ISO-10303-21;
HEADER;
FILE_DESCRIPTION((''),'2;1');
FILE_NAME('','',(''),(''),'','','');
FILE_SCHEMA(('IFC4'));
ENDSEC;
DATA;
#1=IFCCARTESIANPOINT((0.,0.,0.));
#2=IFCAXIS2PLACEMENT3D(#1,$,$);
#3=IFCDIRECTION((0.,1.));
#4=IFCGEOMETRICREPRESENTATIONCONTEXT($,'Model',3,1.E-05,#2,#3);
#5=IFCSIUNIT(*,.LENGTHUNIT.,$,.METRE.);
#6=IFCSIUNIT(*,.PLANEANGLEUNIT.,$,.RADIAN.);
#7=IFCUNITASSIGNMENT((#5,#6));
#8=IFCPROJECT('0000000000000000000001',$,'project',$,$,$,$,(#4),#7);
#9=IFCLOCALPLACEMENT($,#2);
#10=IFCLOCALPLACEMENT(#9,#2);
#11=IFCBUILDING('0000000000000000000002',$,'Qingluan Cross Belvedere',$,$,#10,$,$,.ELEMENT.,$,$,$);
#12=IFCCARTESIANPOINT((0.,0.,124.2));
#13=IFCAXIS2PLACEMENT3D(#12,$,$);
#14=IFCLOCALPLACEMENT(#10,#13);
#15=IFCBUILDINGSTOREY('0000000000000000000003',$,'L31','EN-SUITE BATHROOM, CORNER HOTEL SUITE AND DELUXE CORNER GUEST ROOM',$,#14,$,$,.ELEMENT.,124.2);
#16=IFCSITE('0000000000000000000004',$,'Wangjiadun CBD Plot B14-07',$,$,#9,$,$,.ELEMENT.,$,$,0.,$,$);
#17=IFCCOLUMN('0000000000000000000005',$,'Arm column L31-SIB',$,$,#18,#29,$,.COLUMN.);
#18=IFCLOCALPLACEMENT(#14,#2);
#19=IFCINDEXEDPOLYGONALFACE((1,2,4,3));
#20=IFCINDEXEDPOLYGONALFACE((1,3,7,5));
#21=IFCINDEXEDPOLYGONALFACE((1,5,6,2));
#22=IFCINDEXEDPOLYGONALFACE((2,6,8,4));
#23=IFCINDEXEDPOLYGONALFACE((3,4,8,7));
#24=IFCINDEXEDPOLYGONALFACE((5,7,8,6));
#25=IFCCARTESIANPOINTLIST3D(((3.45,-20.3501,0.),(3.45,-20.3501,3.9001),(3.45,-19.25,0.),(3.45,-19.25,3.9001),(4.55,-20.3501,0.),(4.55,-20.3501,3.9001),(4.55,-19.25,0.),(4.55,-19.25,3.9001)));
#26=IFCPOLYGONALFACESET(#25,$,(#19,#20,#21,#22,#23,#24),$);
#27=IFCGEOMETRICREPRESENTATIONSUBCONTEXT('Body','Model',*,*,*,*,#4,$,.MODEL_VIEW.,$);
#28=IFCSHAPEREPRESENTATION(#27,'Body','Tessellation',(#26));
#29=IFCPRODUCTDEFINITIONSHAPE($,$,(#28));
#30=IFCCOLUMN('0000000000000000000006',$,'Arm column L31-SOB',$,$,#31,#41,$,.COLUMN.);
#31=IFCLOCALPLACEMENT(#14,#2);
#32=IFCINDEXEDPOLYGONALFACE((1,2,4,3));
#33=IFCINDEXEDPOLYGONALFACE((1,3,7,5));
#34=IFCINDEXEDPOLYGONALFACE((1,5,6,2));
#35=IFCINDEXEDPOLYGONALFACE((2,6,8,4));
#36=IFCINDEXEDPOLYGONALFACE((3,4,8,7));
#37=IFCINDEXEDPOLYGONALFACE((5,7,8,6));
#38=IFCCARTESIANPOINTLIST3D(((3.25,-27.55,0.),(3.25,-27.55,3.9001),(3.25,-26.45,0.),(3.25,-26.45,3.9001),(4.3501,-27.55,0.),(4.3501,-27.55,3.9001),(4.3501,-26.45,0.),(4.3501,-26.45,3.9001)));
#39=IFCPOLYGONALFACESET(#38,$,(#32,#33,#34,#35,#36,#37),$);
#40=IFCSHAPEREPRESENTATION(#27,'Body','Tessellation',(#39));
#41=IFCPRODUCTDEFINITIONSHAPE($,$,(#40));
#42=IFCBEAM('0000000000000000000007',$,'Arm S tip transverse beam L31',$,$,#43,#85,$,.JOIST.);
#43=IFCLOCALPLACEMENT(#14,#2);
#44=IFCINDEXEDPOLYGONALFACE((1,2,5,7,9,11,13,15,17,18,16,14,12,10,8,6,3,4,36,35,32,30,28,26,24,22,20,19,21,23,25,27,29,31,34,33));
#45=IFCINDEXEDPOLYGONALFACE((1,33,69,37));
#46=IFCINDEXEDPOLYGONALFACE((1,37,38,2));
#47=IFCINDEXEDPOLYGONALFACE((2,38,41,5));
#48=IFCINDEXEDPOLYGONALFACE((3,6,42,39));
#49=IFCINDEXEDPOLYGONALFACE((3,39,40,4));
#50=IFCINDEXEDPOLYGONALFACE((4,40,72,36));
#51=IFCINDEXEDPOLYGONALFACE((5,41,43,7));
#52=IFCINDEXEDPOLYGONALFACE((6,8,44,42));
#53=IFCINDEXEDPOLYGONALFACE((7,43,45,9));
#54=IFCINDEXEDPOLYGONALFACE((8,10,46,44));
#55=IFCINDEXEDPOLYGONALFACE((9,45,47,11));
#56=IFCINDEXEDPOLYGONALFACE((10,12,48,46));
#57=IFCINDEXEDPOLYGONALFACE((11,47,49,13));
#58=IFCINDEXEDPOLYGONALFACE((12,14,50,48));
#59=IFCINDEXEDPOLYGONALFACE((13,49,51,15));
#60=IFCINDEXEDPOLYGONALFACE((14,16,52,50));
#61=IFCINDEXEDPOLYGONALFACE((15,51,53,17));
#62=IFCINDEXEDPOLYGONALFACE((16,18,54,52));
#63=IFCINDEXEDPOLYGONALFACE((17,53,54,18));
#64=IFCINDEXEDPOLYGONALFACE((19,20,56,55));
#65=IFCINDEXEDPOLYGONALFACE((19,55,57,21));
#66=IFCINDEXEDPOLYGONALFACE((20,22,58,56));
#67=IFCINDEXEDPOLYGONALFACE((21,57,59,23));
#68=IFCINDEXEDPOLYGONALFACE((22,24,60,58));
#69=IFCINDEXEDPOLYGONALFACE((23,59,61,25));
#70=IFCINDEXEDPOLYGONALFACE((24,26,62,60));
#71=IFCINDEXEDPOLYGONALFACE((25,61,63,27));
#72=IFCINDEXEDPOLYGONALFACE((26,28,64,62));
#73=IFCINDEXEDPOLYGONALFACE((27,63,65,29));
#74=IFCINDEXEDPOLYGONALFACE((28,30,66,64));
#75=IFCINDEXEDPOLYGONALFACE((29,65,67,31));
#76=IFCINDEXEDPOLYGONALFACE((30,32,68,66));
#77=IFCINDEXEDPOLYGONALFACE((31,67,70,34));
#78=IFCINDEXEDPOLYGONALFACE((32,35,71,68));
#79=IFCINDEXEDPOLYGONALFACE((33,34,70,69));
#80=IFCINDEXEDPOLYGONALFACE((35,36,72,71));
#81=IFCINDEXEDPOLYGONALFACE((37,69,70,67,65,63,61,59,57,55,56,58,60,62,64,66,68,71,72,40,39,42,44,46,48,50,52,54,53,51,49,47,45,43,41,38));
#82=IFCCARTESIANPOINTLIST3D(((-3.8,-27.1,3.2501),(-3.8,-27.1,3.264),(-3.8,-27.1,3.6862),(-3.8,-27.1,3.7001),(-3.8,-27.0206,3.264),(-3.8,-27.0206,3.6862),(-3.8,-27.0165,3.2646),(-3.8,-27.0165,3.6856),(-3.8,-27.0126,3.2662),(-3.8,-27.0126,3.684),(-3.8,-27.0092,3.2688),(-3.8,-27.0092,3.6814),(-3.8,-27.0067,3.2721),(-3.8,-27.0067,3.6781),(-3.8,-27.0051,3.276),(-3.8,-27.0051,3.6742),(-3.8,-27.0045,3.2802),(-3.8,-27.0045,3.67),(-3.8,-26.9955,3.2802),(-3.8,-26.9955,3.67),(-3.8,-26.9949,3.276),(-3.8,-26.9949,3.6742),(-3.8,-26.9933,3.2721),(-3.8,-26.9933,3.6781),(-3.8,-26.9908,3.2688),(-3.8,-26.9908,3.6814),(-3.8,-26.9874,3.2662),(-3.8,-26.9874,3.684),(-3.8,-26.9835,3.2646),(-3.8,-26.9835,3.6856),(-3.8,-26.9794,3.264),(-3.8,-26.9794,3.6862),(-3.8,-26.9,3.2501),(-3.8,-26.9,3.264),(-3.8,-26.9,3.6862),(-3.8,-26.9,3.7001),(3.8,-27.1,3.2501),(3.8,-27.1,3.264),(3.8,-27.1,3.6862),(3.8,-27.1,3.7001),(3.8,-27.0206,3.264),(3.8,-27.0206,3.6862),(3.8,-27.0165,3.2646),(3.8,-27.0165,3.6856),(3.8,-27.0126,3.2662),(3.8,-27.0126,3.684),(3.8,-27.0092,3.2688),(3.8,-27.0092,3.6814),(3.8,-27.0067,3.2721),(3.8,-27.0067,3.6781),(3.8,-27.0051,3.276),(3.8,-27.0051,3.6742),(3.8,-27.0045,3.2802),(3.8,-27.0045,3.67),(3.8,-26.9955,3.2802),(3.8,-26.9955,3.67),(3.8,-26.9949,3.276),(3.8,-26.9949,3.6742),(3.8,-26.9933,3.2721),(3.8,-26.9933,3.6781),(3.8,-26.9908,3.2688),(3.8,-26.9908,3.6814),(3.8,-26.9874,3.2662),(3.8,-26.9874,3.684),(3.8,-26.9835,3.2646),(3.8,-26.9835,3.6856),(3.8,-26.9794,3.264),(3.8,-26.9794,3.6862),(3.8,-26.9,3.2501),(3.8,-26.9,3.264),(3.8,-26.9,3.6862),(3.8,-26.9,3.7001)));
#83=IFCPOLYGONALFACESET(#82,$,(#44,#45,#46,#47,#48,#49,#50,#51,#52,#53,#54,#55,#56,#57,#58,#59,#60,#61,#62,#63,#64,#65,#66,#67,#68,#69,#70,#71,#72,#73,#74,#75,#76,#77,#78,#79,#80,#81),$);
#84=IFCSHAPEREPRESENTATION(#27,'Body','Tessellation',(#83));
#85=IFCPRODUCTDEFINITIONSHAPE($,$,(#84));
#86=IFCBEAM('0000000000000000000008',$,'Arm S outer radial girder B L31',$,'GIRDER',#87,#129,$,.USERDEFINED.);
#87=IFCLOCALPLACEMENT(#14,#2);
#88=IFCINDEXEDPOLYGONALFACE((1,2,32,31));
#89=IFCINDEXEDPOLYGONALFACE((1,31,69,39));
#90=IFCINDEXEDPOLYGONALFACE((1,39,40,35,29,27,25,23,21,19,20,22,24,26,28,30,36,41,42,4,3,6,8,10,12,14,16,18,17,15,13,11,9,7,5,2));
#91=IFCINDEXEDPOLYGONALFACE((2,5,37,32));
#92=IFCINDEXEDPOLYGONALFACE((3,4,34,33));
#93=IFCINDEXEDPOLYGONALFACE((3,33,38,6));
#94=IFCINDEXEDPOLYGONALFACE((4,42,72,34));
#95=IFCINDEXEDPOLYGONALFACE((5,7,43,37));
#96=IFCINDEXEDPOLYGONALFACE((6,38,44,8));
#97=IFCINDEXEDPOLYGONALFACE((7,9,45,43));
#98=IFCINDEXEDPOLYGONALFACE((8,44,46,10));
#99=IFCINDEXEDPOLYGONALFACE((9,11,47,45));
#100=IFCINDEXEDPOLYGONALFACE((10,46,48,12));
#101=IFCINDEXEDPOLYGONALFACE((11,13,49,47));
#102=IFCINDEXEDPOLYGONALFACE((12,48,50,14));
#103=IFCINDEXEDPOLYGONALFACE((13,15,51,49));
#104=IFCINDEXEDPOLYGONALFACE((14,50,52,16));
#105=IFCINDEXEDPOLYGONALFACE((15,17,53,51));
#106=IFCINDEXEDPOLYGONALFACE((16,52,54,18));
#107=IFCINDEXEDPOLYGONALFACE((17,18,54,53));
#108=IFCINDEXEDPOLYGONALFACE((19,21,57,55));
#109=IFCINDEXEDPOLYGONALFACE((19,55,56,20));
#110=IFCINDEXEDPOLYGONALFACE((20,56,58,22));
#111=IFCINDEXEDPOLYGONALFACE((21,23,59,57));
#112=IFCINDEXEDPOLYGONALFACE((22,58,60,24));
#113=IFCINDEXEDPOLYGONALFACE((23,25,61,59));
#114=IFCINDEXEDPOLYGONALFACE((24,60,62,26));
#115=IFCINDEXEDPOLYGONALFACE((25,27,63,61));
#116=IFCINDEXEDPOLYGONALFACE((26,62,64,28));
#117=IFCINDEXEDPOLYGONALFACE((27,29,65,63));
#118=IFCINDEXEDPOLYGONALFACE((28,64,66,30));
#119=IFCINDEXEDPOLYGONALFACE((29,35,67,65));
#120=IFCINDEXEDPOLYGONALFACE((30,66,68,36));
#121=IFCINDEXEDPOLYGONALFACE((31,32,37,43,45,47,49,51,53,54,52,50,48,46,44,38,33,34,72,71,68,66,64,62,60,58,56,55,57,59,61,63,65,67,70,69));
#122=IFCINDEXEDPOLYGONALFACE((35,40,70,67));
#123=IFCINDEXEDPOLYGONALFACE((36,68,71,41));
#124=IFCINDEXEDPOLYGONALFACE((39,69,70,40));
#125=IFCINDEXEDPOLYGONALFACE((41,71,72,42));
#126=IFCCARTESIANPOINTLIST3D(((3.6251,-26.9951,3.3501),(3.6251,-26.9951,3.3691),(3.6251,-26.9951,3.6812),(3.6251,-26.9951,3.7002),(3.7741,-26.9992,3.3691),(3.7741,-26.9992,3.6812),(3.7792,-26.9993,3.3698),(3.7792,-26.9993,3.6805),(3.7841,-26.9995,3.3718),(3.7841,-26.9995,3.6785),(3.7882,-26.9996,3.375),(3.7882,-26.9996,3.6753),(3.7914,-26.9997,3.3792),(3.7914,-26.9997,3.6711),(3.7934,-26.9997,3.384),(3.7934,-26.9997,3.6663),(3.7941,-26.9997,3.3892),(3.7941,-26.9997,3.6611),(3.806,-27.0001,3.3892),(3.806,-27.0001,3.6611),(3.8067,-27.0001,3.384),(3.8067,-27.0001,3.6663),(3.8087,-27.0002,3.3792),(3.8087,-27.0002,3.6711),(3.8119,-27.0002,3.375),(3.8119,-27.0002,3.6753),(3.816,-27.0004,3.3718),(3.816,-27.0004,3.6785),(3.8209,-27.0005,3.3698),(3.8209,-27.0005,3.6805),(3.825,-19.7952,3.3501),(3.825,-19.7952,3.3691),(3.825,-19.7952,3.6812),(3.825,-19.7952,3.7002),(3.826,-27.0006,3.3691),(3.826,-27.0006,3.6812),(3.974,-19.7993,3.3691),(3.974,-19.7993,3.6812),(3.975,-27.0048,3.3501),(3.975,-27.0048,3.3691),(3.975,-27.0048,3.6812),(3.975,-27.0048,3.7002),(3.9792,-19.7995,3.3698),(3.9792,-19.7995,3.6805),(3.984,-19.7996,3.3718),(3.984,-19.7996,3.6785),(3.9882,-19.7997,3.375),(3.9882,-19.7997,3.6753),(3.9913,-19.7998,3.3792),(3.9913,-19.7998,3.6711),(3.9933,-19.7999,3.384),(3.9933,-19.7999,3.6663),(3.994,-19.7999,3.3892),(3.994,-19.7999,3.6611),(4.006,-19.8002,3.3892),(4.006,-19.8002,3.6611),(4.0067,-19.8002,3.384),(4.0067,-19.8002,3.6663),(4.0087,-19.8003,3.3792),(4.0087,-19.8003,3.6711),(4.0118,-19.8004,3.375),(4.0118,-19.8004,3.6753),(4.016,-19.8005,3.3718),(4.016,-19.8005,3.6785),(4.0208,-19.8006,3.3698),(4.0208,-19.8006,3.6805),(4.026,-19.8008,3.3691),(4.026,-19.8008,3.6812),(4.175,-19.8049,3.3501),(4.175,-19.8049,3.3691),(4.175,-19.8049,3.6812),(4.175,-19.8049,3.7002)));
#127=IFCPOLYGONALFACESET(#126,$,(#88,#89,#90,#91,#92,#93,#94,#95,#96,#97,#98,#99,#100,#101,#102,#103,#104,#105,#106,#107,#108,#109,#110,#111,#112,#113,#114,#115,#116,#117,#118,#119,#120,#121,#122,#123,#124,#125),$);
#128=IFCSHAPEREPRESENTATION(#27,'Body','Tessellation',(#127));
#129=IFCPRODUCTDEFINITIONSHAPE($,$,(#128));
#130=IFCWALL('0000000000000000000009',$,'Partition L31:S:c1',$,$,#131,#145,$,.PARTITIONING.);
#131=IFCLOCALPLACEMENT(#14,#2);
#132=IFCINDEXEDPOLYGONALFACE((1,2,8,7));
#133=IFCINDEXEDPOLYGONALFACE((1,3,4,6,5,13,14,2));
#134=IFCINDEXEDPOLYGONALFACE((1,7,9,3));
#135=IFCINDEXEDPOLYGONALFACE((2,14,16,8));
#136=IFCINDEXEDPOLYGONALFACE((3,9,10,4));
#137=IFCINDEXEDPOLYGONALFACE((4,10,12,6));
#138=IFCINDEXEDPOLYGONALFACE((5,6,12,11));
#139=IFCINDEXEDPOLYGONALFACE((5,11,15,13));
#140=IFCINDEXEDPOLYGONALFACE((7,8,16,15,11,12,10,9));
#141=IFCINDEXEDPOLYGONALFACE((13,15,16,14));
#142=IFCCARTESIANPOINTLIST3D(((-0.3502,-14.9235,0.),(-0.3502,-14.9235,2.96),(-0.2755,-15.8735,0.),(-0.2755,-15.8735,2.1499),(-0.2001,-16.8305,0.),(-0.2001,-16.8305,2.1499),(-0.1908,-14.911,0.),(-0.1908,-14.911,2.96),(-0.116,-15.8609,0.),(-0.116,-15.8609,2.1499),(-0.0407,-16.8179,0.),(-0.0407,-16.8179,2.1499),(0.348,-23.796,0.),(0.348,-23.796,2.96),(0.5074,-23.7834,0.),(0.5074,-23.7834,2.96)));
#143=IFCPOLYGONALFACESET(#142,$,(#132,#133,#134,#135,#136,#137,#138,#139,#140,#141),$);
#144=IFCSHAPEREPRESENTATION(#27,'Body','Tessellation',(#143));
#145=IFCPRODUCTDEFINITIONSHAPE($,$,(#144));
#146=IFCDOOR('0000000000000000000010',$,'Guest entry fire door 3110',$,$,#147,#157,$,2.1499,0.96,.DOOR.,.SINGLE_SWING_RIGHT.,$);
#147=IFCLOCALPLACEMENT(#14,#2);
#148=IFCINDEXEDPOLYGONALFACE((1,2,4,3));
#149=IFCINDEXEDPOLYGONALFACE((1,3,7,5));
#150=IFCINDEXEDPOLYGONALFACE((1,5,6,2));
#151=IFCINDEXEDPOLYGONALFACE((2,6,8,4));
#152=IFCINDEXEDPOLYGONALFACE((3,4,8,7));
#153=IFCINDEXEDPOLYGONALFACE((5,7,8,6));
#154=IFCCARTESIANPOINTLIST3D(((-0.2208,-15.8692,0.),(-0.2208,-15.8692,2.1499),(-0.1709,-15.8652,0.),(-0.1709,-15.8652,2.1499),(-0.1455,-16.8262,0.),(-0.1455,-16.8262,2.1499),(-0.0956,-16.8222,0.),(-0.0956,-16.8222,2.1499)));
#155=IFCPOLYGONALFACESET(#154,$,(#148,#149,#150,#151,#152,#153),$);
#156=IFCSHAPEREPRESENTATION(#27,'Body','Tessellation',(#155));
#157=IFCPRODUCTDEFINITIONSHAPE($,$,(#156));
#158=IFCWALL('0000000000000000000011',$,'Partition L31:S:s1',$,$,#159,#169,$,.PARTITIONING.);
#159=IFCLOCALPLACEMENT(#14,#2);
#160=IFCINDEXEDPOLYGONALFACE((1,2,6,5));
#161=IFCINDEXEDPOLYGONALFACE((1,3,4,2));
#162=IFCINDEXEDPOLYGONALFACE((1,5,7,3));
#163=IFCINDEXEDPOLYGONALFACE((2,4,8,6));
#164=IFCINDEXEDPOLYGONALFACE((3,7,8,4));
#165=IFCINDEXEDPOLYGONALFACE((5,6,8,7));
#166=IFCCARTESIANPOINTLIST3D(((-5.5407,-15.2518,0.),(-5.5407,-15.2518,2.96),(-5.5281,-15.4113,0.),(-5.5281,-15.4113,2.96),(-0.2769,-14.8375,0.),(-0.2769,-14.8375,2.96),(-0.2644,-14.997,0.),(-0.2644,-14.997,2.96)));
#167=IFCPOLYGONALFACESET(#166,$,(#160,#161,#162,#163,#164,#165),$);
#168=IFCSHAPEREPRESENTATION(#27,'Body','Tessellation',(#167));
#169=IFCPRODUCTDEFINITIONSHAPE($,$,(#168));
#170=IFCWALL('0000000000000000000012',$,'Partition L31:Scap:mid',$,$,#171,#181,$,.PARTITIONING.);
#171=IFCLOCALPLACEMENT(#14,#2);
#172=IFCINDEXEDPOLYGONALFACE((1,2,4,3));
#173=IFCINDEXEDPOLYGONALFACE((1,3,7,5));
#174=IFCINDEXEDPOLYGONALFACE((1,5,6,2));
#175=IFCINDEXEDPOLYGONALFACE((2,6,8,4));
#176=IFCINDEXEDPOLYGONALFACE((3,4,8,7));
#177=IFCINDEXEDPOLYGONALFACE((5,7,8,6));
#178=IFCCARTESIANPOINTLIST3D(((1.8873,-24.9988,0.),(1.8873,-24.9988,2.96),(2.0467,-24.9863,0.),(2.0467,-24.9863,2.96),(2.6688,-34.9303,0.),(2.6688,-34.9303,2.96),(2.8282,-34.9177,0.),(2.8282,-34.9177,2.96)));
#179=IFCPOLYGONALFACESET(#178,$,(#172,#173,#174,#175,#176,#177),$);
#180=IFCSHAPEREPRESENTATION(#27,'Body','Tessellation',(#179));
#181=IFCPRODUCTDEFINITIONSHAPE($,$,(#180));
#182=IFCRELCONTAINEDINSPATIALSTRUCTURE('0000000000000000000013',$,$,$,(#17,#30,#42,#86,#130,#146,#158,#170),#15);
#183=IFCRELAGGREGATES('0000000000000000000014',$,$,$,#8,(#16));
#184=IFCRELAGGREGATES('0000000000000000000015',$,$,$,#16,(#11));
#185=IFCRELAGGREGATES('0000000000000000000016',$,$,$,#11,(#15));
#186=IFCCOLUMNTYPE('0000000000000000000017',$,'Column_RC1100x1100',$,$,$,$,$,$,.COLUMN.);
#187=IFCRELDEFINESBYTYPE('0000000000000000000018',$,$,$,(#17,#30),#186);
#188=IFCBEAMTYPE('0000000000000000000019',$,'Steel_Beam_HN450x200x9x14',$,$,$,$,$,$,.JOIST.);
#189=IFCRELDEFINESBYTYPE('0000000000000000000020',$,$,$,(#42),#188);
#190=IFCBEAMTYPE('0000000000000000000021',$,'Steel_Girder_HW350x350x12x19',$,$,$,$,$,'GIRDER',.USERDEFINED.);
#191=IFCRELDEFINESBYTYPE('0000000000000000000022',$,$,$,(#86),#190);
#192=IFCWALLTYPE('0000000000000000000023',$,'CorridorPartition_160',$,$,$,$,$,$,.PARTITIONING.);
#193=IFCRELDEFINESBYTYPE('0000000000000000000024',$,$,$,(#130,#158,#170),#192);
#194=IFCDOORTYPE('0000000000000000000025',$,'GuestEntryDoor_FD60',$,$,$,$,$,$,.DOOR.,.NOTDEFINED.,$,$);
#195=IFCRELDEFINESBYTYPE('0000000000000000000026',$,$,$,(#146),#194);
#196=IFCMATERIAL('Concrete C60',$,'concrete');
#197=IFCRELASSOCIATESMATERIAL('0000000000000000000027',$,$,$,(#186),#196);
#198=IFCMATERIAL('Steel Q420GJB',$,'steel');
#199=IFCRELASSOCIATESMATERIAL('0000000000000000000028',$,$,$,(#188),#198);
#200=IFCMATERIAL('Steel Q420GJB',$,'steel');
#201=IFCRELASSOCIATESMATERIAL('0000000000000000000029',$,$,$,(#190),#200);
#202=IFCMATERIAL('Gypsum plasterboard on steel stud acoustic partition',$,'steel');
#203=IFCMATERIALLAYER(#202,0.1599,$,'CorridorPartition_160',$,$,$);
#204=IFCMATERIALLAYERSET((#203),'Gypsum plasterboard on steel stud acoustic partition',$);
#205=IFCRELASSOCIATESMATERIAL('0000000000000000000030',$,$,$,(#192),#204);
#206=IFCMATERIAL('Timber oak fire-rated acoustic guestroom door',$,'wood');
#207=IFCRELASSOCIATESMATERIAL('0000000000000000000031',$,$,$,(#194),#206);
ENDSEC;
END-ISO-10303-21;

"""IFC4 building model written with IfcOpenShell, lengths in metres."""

from ifc_helpers import new_model, si_unit, direction, frame, frame_2d, origin, origin_2d, place, context, subcontext, project, spatial, rectangle, i_section, extrude, material, layer, layer_set, material_profile, profile_set, type_object, element, fill, save


model = new_model("IFC4")

# Units and contexts
model_context = context("Model", 3, precision=1e-05, world=origin(), true_north=direction((0.0, 1.0)))
body_context = subcontext(model_context, "Body", "Model", "MODEL_VIEW")
ifc_project = project(units=[si_unit("LENGTHUNIT", "METRE"), si_unit("PLANEANGLEUNIT", "RADIAN")], contexts=[model_context])

# Site, building, storey
site_placement = place(None, origin())
site = spatial("IfcSite", under=ifc_project, at=site_placement, Name="Wangjiadun CBD Plot B14-07", CompositionType="ELEMENT", RefElevation=0.0)
building_placement = place(site_placement, origin())
building = spatial("IfcBuilding", under=site, at=building_placement, Name="Qingluan Cross Belvedere", CompositionType="ELEMENT")
storey_placement = place(building_placement, frame((0.0, 0.0, 124.2)))
storey = spatial("IfcBuildingStorey", under=building, at=storey_placement, Name="L31", Description="EN-SUITE BATHROOM, CORNER HOTEL SUITE AND DELUXE CORNER GUEST ROOM", CompositionType="ELEMENT", Elevation=124.2)

# Columns
ifc_material_1 = material(Name="Concrete C60", Category="concrete")
ifc_material_profile_1 = material_profile(ifc_material_1, rectangle(XDim=1.1001, YDim=1.1001, at=origin_2d()), Name="RC1100x1100")
ifc_profile_set_1 = profile_set([ifc_material_profile_1], Name="Concrete C60")
column_type = type_object("IfcColumnType", Name="Column_RC1100x1100", PredefinedType="COLUMN", material=ifc_profile_set_1)
for number, where, z_axis, x_axis, name in (
    (1, (4.0, -19.8, 0.0), (0.0, 0.0, 1.0), (1.0, 0.0, 0.0), "Arm column L31-SIB"),
    (2, (3.8, -27.0, 0.0), (0.0, 0.0, 1.0), (1.0, 0.0, 0.0), "Arm column L31-SOB"),
):
    element("IfcColumn", number, at=place(storey_placement, frame(where, z_axis=z_axis, x_axis=x_axis)), inside=storey, type_object=column_type, Name=name, PredefinedType="COLUMN", context=body_context, shape_type="SweptSolid", body=[
        extrude(rectangle(XDim=1.1001, YDim=1.1001, at=origin_2d()), origin(), (0.0, 0.0, 1.0), 3.9001),
    ])

# Beams
ifc_material_2 = material(Name="Steel Q420GJB", Category="steel")
ifc_material_profile_2 = material_profile(ifc_material_2, i_section(OverallWidth=0.2, OverallDepth=0.45, WebThickness=0.009, FlangeThickness=0.0139, FilletRadius=0.0161, at=origin_2d()), Name="HN450x200x9x14")
ifc_profile_set_2 = profile_set([ifc_material_profile_2], Name="Steel Q420GJB")
beam_type_1 = type_object("IfcBeamType", Name="Steel_Beam_HN450x200x9x14", PredefinedType="JOIST", material=ifc_profile_set_2)
beam_1_placement = place(storey_placement, frame((-3.8, -27.0, 3.4751), z_axis=(1.0, 0.0, 0.0), x_axis=(0.0, 1.0, 0.0)))
element("IfcBeam", 3, at=beam_1_placement, inside=storey, type_object=beam_type_1, Name="Arm S tip transverse beam L31", PredefinedType="JOIST", context=body_context, shape_type="SweptSolid", body=[
    extrude(i_section(OverallWidth=0.2, OverallDepth=0.45, WebThickness=0.009, FlangeThickness=0.0139, FilletRadius=0.0161, at=origin_2d()), origin(), (0.0, 0.0, 1.0), 7.6001),
])
ifc_material_3 = material(Name="Steel Q420GJB", Category="steel")
ifc_material_profile_3 = material_profile(ifc_material_3, i_section(OverallWidth=0.3501, OverallDepth=0.3501, WebThickness=0.012, FlangeThickness=0.019, FilletRadius=0.02, at=origin_2d()), Name="HW350x350x12x19")
ifc_profile_set_3 = profile_set([ifc_material_profile_3], Name="Steel Q420GJB")
beam_type_2 = type_object("IfcBeamType", Name="Steel_Girder_HW350x350x12x19", ElementType="GIRDER", PredefinedType="USERDEFINED", material=ifc_profile_set_3)
beam_2_placement = place(storey_placement, frame((4.0, -19.8, 3.5251), z_axis=(-0.02776, -0.999615, 0.0), x_axis=(0.999615, -0.02776, 0.0)))
element("IfcBeam", 4, at=beam_2_placement, inside=storey, type_object=beam_type_2, Name="Arm S outer radial girder B L31", ObjectType="GIRDER", PredefinedType="USERDEFINED", context=body_context, shape_type="SweptSolid", body=[
    extrude(i_section(OverallWidth=0.3501, OverallDepth=0.3501, WebThickness=0.012, FlangeThickness=0.019, FilletRadius=0.02, at=origin_2d()), origin(), (0.0, 0.0, 1.0), 7.2026),
])

# Wall, opening, door
ifc_material_4 = material(Name="Gypsum plasterboard on steel stud acoustic partition", Category="steel")
ifc_layer_1 = layer(ifc_material_4, 0.1599, Name="CorridorPartition_160")
ifc_layer_set_1 = layer_set([ifc_layer_1], Name="Gypsum plasterboard on steel stud acoustic partition")
wall_type_1 = type_object("IfcWallType", Name="CorridorPartition_160", PredefinedType="PARTITIONING", material=ifc_layer_set_1)
wall_1_placement = place(storey_placement, frame((-0.2705, -14.9172, 0.0), z_axis=(0.0, 0.0, 1.0), x_axis=(0.078454, -0.996918, 0.0)))
wall_1 = element("IfcWall", 5, at=wall_1_placement, inside=storey, type_object=wall_type_1, Name="Partition L31:S:c1", PredefinedType="PARTITIONING", context=body_context, shape_type="SweptSolid", body=[
    extrude(rectangle(XDim=8.8999, YDim=0.1599, at=frame_2d((4.45, 0.0))), origin(), (0.0, 0.0, 1.0), 2.96),
])
opening_1_placement = place(wall_1_placement, frame((0.9529, 0.0, 0.0)))
opening_1 = element("IfcOpeningElement", 6, at=opening_1_placement, cuts=wall_1, PredefinedType="OPENING", context=body_context, shape_type="SweptSolid", body=[
    extrude(rectangle(XDim=0.96, YDim=2.1499, at=frame_2d((0.48, 1.075))), frame((0.0, 0.0898, 0.0), z_axis=(0.0, -1.0, 0.0), x_axis=(1.0, 0.0, 0.0)), (0.0, 0.0, 1.0), 0.1799),
])
ifc_material_5 = material(Name="Timber oak fire-rated acoustic guestroom door", Category="wood")
door_type_1 = type_object("IfcDoorType", Name="GuestEntryDoor_FD60", OperationType="NOTDEFINED", PredefinedType="DOOR", material=ifc_material_5)
door_1_placement = place(opening_1_placement, origin())
door_1 = element("IfcDoor", 7, at=door_1_placement, inside=storey, type_object=door_type_1, Name="Guest entry fire door 3110", OperationType="SINGLE_SWING_RIGHT", OverallHeight=2.1499, OverallWidth=0.96, PredefinedType="DOOR", context=body_context, shape_type="SweptSolid", body=[
    extrude(rectangle(XDim=0.96, YDim=2.1499, at=frame_2d((0.48, 1.075))), frame((0.0, 0.0249, 0.0), z_axis=(0.0, -1.0, 0.0), x_axis=(1.0, 0.0, 0.0)), (0.0, 0.0, 1.0), 0.05),
])
fill(opening_1, door_1)

# Walls
wall_2_placement = place(storey_placement, frame((-0.2705, -14.9172, 0.0), z_axis=(0.0, 0.0, 1.0), x_axis=(-0.996917, -0.078468, 0.0)))
element("IfcWall", 8, at=wall_2_placement, inside=storey, type_object=wall_type_1, Name="Partition L31:S:s1", PredefinedType="PARTITIONING", context=body_context, shape_type="SweptSolid", body=[
    extrude(rectangle(XDim=5.28, YDim=0.1599, at=frame_2d((2.6401, 0.0))), origin(), (0.0, 0.0, 1.0), 2.96),
])
wall_3_placement = place(storey_placement, frame((1.967, -24.9927, 0.0), z_axis=(0.0, 0.0, 1.0), x_axis=(0.078447, -0.996918, 0.0)))
element("IfcWall", 9, at=wall_3_placement, inside=storey, type_object=wall_type_1, Name="Partition L31:Scap:mid", PredefinedType="PARTITIONING", context=body_context, shape_type="SweptSolid", body=[
    extrude(rectangle(XDim=9.9622, YDim=0.1599, at=frame_2d((4.981, 0.0))), origin(), (0.0, 0.0, 1.0), 2.96),
])

save(model, "model.ifc")
